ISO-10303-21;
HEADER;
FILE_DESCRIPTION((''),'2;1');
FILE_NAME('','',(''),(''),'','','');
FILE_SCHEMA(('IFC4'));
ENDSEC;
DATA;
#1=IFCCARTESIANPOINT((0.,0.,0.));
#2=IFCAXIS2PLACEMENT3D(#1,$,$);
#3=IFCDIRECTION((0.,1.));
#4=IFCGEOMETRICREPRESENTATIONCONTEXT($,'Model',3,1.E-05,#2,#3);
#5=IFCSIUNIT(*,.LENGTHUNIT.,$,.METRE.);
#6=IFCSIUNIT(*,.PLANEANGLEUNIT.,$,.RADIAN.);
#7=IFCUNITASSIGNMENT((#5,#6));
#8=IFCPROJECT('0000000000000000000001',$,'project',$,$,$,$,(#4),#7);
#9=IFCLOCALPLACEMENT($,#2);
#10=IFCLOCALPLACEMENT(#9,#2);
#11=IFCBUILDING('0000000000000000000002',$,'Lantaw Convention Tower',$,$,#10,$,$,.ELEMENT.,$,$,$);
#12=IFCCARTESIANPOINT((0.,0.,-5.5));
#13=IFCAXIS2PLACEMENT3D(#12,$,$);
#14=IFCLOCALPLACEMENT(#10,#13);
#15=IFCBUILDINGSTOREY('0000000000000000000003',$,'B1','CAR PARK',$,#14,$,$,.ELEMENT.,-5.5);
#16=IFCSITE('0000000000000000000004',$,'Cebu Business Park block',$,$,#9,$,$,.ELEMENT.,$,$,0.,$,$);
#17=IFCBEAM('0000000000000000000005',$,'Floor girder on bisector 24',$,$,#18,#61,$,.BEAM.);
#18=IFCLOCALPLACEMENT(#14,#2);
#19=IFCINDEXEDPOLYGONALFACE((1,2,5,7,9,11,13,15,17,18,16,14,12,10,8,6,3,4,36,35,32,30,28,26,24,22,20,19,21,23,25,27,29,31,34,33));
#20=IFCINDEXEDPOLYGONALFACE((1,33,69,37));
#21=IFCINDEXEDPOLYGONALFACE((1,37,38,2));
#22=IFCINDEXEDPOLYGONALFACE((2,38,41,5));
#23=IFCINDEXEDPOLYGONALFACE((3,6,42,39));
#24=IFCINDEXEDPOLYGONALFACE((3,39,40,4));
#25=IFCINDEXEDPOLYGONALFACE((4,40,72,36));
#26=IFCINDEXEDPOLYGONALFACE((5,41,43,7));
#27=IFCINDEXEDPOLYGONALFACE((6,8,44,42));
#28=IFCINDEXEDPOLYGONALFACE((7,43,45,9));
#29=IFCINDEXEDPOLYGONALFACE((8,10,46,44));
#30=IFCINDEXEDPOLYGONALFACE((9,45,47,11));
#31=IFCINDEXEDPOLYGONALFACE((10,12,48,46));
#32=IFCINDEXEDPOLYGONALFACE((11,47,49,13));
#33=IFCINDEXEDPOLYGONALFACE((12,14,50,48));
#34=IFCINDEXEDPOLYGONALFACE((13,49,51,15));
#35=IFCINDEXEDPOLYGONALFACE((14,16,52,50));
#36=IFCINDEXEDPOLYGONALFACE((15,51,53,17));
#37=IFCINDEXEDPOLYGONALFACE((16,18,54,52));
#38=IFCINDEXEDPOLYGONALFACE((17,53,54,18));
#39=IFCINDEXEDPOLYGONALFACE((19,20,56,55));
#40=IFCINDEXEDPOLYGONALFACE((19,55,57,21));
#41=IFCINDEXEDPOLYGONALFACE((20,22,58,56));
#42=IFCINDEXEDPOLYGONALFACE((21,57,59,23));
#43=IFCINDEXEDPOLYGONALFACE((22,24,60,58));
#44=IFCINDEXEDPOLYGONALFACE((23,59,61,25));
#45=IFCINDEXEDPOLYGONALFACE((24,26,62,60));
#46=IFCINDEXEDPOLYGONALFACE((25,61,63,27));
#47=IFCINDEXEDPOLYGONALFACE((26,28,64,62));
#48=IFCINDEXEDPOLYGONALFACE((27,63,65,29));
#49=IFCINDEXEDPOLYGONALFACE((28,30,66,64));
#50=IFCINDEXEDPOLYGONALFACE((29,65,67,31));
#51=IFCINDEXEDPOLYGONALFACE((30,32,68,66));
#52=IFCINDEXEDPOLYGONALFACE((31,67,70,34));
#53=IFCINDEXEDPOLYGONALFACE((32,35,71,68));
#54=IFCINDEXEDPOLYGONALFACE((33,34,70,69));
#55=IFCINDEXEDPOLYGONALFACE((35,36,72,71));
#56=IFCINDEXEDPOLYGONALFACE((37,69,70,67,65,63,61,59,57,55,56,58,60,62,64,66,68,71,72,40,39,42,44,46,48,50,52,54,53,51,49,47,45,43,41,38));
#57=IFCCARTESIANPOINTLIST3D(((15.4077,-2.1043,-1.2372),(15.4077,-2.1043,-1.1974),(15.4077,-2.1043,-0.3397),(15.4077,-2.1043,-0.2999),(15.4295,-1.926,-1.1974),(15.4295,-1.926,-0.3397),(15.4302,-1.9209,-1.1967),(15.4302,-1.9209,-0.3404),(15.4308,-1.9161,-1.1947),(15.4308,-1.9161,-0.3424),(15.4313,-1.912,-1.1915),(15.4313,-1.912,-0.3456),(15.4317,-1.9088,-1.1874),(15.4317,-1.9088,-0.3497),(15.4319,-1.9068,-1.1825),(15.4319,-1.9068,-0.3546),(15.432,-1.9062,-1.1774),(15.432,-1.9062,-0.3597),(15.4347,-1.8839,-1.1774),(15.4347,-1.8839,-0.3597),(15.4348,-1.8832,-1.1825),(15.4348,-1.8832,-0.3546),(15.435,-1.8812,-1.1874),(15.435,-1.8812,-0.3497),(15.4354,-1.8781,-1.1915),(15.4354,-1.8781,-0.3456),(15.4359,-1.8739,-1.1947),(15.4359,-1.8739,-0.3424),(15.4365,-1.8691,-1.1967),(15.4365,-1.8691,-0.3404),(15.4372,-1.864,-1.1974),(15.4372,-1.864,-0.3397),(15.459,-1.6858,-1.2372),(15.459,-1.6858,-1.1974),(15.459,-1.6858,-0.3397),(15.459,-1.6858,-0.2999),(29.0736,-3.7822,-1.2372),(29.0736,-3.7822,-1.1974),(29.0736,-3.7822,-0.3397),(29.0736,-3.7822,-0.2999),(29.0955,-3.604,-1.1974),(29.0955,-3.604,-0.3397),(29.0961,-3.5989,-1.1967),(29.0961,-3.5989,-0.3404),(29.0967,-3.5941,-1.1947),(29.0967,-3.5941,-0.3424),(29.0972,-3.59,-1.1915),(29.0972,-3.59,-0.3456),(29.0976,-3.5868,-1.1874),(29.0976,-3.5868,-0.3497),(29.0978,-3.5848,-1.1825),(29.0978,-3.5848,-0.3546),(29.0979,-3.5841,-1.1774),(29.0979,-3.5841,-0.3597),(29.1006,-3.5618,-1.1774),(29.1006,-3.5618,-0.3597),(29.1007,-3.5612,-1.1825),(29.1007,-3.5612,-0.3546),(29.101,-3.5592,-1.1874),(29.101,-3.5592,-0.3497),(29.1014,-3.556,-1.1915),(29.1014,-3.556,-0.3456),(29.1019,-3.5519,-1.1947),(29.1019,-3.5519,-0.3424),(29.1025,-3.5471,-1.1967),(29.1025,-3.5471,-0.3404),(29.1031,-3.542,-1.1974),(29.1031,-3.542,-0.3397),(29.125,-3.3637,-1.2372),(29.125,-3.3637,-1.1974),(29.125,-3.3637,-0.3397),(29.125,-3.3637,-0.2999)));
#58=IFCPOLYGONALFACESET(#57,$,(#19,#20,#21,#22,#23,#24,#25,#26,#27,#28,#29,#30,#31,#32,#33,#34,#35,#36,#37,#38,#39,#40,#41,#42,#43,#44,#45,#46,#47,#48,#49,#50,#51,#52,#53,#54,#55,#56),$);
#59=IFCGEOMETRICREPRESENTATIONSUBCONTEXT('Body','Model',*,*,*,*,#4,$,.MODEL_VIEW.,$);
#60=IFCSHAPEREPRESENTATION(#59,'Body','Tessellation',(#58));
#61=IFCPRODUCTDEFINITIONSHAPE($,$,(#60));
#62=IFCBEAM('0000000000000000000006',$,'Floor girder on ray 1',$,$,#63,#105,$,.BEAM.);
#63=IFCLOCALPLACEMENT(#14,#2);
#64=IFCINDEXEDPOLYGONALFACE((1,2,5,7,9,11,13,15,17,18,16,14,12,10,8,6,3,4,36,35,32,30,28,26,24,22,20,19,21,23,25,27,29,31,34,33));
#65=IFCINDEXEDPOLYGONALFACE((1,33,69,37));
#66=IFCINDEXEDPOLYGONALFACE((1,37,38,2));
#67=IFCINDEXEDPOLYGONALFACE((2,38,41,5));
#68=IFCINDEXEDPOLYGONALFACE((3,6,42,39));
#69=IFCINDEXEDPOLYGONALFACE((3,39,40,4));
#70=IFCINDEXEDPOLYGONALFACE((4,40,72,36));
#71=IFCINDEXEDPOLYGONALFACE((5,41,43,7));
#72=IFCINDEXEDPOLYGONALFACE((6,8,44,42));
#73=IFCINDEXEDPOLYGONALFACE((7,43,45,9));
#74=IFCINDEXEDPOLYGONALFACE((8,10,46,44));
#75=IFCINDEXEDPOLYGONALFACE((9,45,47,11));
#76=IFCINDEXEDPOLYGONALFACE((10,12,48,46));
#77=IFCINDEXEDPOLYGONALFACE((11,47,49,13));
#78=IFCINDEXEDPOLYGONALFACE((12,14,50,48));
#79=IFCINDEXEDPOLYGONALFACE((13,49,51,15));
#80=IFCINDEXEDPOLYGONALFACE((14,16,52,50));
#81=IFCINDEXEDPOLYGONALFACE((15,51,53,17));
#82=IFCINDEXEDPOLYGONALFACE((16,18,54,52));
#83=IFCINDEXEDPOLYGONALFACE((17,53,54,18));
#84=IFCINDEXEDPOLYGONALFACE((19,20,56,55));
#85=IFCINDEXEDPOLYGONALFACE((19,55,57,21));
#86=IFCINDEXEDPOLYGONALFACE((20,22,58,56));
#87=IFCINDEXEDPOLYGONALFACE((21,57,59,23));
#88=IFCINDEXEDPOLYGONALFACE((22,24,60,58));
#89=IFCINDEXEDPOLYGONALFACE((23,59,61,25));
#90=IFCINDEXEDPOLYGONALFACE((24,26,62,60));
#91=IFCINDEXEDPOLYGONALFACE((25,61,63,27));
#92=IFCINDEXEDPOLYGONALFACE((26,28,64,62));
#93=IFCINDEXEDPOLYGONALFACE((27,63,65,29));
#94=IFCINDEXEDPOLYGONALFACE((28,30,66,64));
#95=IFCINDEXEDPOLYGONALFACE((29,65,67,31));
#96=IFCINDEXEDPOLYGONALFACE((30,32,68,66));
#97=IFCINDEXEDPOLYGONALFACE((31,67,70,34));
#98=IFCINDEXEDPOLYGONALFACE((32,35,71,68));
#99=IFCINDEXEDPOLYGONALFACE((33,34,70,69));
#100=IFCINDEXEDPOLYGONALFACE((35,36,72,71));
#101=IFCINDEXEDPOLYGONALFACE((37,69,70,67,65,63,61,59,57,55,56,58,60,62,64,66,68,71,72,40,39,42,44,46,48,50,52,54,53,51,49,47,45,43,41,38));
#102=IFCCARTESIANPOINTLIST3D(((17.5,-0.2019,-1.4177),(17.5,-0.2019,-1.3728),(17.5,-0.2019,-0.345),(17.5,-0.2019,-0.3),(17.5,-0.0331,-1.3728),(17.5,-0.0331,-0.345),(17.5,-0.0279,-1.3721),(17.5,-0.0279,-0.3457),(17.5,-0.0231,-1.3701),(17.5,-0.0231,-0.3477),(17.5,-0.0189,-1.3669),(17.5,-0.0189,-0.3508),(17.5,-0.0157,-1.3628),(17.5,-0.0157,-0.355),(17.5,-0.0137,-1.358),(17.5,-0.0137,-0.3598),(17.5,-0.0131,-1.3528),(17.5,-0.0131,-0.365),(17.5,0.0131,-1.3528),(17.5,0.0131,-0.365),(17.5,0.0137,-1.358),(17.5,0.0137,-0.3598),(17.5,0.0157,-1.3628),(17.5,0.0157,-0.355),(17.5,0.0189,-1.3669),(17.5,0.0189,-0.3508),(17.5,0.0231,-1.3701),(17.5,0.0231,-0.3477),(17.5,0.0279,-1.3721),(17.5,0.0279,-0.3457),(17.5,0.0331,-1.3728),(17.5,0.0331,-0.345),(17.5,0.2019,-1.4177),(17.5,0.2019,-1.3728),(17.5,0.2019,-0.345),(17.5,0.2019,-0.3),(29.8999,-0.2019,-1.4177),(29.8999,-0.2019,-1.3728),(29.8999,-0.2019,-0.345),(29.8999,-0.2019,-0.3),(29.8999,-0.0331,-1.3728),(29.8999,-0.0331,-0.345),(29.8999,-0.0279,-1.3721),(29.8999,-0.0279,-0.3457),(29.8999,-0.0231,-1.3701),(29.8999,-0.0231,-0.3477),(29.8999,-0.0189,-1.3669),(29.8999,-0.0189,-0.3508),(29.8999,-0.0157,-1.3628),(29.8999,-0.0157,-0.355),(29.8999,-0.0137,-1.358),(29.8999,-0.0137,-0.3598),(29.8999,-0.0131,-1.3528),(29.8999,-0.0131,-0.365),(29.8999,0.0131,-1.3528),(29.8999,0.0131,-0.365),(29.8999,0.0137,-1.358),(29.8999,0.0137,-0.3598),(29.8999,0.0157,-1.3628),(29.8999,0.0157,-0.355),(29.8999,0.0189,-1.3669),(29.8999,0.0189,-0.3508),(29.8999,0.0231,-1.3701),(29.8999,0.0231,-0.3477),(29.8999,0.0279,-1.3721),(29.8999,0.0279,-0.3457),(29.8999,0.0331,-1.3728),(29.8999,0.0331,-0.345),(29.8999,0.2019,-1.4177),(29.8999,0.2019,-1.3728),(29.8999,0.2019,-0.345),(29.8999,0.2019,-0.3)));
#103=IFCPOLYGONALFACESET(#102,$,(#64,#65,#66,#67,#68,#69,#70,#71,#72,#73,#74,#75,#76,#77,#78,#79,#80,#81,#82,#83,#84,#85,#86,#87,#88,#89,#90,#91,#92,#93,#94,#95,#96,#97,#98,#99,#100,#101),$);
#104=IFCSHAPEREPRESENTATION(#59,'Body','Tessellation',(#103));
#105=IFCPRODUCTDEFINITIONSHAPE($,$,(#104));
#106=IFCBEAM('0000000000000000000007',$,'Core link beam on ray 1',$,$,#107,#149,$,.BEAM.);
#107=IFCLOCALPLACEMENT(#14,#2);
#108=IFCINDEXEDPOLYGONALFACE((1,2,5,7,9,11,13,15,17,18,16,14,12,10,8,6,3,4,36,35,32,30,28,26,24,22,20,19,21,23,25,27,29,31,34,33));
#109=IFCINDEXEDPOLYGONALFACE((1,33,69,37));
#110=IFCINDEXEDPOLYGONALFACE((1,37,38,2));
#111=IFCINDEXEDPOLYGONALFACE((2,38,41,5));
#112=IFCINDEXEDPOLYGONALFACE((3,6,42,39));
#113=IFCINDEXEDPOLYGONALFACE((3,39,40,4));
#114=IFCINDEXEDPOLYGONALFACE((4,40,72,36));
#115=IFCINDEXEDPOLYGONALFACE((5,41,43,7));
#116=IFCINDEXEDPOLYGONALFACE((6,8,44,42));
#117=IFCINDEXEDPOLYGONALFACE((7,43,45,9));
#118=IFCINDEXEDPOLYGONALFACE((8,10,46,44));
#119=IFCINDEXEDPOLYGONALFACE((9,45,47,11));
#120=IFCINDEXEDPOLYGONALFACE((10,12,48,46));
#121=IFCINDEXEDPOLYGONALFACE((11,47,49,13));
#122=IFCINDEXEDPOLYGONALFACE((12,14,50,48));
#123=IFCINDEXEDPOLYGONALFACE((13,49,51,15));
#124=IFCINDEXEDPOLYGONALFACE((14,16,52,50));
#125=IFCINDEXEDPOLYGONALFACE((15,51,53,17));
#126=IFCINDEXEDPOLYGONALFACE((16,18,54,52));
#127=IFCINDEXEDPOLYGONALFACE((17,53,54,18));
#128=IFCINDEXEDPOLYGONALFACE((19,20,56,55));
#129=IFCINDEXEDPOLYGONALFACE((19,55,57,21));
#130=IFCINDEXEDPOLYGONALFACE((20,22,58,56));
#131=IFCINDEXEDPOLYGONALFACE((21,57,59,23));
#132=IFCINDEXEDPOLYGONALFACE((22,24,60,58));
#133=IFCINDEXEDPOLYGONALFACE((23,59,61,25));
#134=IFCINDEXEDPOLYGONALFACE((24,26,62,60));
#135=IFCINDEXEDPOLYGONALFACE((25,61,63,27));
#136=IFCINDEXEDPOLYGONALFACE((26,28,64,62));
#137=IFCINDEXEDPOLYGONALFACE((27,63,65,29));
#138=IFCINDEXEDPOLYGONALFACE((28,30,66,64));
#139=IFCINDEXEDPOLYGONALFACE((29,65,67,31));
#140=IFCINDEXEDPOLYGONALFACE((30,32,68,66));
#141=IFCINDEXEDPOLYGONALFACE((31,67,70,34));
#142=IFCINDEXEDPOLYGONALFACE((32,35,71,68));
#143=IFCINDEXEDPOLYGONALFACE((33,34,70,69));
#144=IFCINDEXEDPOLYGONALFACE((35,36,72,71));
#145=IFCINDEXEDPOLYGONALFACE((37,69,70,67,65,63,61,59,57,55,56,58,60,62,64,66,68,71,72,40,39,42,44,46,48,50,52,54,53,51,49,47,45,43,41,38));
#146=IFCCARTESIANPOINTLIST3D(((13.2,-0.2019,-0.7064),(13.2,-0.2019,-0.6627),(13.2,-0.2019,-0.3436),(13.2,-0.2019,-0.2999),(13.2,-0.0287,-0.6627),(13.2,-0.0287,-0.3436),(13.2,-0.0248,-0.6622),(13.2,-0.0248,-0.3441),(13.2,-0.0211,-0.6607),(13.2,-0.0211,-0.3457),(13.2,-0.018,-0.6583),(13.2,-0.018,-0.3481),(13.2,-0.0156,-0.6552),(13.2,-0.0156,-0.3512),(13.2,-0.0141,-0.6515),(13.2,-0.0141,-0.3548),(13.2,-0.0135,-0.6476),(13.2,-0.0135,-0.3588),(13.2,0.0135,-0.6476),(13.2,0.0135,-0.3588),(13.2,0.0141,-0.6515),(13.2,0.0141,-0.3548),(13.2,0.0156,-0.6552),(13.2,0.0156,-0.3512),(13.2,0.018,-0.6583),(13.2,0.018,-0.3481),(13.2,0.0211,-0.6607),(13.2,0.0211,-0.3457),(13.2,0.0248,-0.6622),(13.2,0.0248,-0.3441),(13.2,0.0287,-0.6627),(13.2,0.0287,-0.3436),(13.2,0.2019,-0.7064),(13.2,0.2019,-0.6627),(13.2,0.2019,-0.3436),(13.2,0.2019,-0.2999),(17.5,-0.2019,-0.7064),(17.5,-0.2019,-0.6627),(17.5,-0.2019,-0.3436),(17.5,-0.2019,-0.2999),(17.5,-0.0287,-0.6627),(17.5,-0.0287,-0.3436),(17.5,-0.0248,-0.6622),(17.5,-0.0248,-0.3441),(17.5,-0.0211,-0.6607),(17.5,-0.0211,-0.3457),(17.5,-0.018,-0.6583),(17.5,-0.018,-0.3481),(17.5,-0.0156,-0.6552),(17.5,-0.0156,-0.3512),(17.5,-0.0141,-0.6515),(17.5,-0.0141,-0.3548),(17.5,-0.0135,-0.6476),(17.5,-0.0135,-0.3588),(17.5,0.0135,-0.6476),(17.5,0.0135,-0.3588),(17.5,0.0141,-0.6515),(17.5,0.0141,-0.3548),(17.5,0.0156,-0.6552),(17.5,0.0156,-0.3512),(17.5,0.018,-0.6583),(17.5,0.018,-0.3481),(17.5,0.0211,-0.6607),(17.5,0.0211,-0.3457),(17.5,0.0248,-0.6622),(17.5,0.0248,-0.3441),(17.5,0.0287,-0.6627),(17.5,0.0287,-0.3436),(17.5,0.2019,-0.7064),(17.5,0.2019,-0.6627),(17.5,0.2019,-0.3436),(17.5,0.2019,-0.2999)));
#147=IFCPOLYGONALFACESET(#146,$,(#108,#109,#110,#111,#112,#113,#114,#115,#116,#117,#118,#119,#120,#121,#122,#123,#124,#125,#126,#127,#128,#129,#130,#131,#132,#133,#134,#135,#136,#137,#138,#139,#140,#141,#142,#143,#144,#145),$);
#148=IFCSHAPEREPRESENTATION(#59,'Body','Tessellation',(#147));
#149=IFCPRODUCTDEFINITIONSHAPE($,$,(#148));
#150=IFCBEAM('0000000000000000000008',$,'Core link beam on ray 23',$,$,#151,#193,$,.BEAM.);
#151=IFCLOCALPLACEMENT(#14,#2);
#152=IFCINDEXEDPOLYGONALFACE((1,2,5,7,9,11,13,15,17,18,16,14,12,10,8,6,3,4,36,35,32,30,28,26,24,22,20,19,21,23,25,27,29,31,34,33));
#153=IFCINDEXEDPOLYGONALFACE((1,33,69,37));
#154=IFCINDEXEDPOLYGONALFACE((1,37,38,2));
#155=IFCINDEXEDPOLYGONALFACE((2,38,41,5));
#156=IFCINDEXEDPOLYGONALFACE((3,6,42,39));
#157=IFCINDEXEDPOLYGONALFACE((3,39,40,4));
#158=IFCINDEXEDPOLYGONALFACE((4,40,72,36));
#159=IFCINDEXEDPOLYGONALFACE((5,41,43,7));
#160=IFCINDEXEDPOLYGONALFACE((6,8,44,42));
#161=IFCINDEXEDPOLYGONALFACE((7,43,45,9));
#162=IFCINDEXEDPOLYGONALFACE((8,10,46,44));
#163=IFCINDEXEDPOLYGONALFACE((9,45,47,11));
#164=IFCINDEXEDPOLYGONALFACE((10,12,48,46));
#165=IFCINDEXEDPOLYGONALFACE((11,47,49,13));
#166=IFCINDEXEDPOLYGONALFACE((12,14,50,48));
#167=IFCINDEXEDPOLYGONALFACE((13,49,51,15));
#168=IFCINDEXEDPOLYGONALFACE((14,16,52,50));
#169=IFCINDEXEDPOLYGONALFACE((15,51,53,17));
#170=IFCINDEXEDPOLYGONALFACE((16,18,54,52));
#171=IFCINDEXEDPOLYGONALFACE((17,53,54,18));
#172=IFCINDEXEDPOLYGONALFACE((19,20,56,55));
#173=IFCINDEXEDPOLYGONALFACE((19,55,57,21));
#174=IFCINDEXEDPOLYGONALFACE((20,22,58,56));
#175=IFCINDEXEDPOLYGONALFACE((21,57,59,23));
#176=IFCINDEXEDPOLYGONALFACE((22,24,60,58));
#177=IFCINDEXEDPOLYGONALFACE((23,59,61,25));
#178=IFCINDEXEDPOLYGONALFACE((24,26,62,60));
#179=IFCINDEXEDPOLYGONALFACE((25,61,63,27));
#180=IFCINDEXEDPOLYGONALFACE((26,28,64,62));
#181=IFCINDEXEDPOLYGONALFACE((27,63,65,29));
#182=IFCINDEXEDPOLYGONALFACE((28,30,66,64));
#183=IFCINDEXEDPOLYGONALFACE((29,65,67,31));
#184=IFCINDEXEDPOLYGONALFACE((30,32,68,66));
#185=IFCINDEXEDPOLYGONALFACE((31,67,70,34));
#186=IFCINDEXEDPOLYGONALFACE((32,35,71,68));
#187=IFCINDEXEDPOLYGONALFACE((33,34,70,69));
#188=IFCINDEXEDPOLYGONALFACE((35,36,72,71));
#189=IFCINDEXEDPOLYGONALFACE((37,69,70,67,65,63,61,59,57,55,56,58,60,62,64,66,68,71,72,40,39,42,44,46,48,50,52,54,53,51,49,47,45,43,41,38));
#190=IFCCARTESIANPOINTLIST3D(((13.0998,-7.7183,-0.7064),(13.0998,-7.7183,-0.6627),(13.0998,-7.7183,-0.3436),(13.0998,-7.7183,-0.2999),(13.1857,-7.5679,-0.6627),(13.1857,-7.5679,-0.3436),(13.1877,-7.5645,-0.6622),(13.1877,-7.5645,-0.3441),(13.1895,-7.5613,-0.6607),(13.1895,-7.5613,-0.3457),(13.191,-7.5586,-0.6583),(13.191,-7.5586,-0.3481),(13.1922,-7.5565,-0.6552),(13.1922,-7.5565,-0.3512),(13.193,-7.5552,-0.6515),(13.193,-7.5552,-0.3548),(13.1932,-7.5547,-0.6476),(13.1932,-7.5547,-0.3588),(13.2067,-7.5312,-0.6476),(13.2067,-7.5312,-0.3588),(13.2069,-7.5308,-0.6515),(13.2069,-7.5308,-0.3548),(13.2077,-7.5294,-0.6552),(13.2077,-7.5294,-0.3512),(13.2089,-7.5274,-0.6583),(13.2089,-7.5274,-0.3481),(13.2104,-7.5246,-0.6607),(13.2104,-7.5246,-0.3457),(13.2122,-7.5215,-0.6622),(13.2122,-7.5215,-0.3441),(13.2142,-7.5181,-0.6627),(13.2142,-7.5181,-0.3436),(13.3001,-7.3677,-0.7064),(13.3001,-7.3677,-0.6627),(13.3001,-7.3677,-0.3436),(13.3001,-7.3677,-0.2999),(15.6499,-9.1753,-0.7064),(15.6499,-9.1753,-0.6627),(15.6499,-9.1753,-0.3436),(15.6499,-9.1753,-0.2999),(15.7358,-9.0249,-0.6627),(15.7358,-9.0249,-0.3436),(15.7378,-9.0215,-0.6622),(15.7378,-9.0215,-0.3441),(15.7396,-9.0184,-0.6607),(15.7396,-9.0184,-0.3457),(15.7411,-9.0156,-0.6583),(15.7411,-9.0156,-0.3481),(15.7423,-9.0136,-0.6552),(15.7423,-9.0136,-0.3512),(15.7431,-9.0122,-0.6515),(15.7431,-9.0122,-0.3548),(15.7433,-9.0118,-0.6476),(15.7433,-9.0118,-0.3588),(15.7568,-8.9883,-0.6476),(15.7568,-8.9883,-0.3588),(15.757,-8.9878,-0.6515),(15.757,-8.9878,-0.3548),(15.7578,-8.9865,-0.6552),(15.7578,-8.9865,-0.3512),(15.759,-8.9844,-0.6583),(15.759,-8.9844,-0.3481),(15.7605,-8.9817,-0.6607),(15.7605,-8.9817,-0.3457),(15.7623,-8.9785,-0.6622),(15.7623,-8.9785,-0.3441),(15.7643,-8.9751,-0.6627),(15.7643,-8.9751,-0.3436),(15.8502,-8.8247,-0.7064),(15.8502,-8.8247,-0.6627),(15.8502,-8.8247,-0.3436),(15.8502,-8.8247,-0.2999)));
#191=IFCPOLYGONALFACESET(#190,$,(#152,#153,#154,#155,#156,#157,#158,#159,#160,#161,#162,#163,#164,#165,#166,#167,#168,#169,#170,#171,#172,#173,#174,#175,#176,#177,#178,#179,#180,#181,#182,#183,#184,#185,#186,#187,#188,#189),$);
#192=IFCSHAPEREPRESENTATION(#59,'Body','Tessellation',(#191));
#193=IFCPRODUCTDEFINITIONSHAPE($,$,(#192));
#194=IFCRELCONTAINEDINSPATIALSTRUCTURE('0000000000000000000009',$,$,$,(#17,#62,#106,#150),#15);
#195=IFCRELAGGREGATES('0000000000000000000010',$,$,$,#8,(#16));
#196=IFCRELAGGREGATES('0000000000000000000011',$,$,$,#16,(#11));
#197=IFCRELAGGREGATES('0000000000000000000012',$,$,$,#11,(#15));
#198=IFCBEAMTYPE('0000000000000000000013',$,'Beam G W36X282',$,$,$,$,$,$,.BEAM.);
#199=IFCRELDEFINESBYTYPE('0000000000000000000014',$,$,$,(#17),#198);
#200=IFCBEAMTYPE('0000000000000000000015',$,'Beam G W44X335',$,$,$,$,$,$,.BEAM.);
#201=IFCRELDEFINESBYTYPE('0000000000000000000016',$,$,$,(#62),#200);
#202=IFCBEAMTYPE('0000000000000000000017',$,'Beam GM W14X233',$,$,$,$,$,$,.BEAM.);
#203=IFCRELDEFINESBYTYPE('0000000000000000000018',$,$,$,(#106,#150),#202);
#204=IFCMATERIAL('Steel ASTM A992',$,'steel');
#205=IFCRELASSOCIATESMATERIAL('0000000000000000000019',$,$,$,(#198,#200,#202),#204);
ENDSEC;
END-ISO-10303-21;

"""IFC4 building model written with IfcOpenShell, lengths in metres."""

from ifc_helpers import new_model, si_unit, direction, frame, origin, origin_2d, place, context, subcontext, project, spatial, i_section, extrude, material, material_profile, profile_set, type_object, element, save


model = new_model("IFC4")

# Units and contexts
model_context = context("Model", 3, precision=1e-05, world=origin(), true_north=direction((0.0, 1.0)))
body_context = subcontext(model_context, "Body", "Model", "MODEL_VIEW")
ifc_project = project(units=[si_unit("LENGTHUNIT", "METRE"), si_unit("PLANEANGLEUNIT", "RADIAN")], contexts=[model_context])

# Site, building, storey
site_placement = place(None, origin())
site = spatial("IfcSite", under=ifc_project, at=site_placement, Name="Cebu Business Park block", CompositionType="ELEMENT", RefElevation=0.0)
building_placement = place(site_placement, origin())
building = spatial("IfcBuilding", under=site, at=building_placement, Name="Lantaw Convention Tower", CompositionType="ELEMENT")
storey_placement = place(building_placement, frame((0.0, 0.0, -5.5)))
storey = spatial("IfcBuildingStorey", under=building, at=storey_placement, Name="B1", Description="CAR PARK", CompositionType="ELEMENT", Elevation=-5.5)

# Beams
ifc_material_1 = material(Name="Steel ASTM A992", Category="steel")
ifc_material_profile_1 = material_profile(ifc_material_1, i_section(OverallWidth=0.4216, OverallDepth=0.9373, WebThickness=0.0225, FlangeThickness=0.0398, FilletRadius=0.02, at=origin_2d()), Name="W36X282")
ifc_profile_set_1 = profile_set([ifc_material_profile_1], Name="Steel ASTM A992")
beam_type_1 = type_object("IfcBeamType", Name="Beam G W36X282", PredefinedType="BEAM", material=ifc_profile_set_1)
beam_1_placement = place(storey_placement, frame((15.4333, -1.895, -0.7686), z_axis=(0.992546, -0.12187, 0.0), x_axis=(0.12187, 0.992546, 0.0)))
element("IfcBeam", 1, at=beam_1_placement, inside=storey, type_object=beam_type_1, Name="Floor girder on bisector 24", PredefinedType="BEAM", context=body_context, shape_type="SweptSolid", body=[
    extrude(i_section(OverallWidth=0.4216, OverallDepth=0.9373, WebThickness=0.0225, FlangeThickness=0.0398, FilletRadius=0.02, at=origin_2d()), origin(), (0.0, 0.0, 1.0), 13.7686),
])
ifc_material_profile_2 = material_profile(ifc_material_1, i_section(OverallWidth=0.4038, OverallDepth=1.1177, WebThickness=0.0261, FlangeThickness=0.0449, FilletRadius=0.02, at=origin_2d()), Name="W44X335")
ifc_profile_set_2 = profile_set([ifc_material_profile_2], Name="Steel ASTM A992")
beam_type_2 = type_object("IfcBeamType", Name="Beam G W44X335", PredefinedType="BEAM", material=ifc_profile_set_2)
beam_2_placement = place(storey_placement, frame((17.5, 0.0, -0.8589), z_axis=(1.0, 0.0, 0.0), x_axis=(0.0, 1.0, 0.0)))
element("IfcBeam", 2, at=beam_2_placement, inside=storey, type_object=beam_type_2, Name="Floor girder on ray 1", PredefinedType="BEAM", context=body_context, shape_type="SweptSolid", body=[
    extrude(i_section(OverallWidth=0.4038, OverallDepth=1.1177, WebThickness=0.0261, FlangeThickness=0.0449, FilletRadius=0.02, at=origin_2d()), origin(), (0.0, 0.0, 1.0), 12.3999),
])
ifc_material_profile_3 = material_profile(ifc_material_1, i_section(OverallWidth=0.4038, OverallDepth=0.4065, WebThickness=0.0271, FlangeThickness=0.0437, FilletRadius=0.0151, at=origin_2d()), Name="W14X233")
ifc_profile_set_3 = profile_set([ifc_material_profile_3], Name="Steel ASTM A992")
beam_type_3 = type_object("IfcBeamType", Name="Beam GM W14X233", PredefinedType="BEAM", material=ifc_profile_set_3)
beam_3_placement = place(storey_placement, frame((13.2, 0.0, -0.5032), z_axis=(1.0, 0.0, 0.0), x_axis=(0.0, 1.0, 0.0)))
element("IfcBeam", 3, at=beam_3_placement, inside=storey, type_object=beam_type_3, Name="Core link beam on ray 1", PredefinedType="BEAM", context=body_context, shape_type="SweptSolid", body=[
    extrude(i_section(OverallWidth=0.4038, OverallDepth=0.4065, WebThickness=0.0271, FlangeThickness=0.0437, FilletRadius=0.0151, at=origin_2d()), origin(), (0.0, 0.0, 1.0), 4.3),
])
beam_4_placement = place(storey_placement, frame((13.2, -7.543, -0.5032), z_axis=(0.868264, -0.496103, 0.0), x_axis=(0.496103, 0.868264, 0.0)))
element("IfcBeam", 4, at=beam_4_placement, inside=storey, type_object=beam_type_3, Name="Core link beam on ray 23", PredefinedType="BEAM", context=body_context, shape_type="SweptSolid", body=[
    extrude(i_section(OverallWidth=0.4038, OverallDepth=0.4065, WebThickness=0.0271, FlangeThickness=0.0437, FilletRadius=0.0151, at=origin_2d()), origin(), (0.0, 0.0, 1.0), 2.937),
])

save(model, "model.ifc")
